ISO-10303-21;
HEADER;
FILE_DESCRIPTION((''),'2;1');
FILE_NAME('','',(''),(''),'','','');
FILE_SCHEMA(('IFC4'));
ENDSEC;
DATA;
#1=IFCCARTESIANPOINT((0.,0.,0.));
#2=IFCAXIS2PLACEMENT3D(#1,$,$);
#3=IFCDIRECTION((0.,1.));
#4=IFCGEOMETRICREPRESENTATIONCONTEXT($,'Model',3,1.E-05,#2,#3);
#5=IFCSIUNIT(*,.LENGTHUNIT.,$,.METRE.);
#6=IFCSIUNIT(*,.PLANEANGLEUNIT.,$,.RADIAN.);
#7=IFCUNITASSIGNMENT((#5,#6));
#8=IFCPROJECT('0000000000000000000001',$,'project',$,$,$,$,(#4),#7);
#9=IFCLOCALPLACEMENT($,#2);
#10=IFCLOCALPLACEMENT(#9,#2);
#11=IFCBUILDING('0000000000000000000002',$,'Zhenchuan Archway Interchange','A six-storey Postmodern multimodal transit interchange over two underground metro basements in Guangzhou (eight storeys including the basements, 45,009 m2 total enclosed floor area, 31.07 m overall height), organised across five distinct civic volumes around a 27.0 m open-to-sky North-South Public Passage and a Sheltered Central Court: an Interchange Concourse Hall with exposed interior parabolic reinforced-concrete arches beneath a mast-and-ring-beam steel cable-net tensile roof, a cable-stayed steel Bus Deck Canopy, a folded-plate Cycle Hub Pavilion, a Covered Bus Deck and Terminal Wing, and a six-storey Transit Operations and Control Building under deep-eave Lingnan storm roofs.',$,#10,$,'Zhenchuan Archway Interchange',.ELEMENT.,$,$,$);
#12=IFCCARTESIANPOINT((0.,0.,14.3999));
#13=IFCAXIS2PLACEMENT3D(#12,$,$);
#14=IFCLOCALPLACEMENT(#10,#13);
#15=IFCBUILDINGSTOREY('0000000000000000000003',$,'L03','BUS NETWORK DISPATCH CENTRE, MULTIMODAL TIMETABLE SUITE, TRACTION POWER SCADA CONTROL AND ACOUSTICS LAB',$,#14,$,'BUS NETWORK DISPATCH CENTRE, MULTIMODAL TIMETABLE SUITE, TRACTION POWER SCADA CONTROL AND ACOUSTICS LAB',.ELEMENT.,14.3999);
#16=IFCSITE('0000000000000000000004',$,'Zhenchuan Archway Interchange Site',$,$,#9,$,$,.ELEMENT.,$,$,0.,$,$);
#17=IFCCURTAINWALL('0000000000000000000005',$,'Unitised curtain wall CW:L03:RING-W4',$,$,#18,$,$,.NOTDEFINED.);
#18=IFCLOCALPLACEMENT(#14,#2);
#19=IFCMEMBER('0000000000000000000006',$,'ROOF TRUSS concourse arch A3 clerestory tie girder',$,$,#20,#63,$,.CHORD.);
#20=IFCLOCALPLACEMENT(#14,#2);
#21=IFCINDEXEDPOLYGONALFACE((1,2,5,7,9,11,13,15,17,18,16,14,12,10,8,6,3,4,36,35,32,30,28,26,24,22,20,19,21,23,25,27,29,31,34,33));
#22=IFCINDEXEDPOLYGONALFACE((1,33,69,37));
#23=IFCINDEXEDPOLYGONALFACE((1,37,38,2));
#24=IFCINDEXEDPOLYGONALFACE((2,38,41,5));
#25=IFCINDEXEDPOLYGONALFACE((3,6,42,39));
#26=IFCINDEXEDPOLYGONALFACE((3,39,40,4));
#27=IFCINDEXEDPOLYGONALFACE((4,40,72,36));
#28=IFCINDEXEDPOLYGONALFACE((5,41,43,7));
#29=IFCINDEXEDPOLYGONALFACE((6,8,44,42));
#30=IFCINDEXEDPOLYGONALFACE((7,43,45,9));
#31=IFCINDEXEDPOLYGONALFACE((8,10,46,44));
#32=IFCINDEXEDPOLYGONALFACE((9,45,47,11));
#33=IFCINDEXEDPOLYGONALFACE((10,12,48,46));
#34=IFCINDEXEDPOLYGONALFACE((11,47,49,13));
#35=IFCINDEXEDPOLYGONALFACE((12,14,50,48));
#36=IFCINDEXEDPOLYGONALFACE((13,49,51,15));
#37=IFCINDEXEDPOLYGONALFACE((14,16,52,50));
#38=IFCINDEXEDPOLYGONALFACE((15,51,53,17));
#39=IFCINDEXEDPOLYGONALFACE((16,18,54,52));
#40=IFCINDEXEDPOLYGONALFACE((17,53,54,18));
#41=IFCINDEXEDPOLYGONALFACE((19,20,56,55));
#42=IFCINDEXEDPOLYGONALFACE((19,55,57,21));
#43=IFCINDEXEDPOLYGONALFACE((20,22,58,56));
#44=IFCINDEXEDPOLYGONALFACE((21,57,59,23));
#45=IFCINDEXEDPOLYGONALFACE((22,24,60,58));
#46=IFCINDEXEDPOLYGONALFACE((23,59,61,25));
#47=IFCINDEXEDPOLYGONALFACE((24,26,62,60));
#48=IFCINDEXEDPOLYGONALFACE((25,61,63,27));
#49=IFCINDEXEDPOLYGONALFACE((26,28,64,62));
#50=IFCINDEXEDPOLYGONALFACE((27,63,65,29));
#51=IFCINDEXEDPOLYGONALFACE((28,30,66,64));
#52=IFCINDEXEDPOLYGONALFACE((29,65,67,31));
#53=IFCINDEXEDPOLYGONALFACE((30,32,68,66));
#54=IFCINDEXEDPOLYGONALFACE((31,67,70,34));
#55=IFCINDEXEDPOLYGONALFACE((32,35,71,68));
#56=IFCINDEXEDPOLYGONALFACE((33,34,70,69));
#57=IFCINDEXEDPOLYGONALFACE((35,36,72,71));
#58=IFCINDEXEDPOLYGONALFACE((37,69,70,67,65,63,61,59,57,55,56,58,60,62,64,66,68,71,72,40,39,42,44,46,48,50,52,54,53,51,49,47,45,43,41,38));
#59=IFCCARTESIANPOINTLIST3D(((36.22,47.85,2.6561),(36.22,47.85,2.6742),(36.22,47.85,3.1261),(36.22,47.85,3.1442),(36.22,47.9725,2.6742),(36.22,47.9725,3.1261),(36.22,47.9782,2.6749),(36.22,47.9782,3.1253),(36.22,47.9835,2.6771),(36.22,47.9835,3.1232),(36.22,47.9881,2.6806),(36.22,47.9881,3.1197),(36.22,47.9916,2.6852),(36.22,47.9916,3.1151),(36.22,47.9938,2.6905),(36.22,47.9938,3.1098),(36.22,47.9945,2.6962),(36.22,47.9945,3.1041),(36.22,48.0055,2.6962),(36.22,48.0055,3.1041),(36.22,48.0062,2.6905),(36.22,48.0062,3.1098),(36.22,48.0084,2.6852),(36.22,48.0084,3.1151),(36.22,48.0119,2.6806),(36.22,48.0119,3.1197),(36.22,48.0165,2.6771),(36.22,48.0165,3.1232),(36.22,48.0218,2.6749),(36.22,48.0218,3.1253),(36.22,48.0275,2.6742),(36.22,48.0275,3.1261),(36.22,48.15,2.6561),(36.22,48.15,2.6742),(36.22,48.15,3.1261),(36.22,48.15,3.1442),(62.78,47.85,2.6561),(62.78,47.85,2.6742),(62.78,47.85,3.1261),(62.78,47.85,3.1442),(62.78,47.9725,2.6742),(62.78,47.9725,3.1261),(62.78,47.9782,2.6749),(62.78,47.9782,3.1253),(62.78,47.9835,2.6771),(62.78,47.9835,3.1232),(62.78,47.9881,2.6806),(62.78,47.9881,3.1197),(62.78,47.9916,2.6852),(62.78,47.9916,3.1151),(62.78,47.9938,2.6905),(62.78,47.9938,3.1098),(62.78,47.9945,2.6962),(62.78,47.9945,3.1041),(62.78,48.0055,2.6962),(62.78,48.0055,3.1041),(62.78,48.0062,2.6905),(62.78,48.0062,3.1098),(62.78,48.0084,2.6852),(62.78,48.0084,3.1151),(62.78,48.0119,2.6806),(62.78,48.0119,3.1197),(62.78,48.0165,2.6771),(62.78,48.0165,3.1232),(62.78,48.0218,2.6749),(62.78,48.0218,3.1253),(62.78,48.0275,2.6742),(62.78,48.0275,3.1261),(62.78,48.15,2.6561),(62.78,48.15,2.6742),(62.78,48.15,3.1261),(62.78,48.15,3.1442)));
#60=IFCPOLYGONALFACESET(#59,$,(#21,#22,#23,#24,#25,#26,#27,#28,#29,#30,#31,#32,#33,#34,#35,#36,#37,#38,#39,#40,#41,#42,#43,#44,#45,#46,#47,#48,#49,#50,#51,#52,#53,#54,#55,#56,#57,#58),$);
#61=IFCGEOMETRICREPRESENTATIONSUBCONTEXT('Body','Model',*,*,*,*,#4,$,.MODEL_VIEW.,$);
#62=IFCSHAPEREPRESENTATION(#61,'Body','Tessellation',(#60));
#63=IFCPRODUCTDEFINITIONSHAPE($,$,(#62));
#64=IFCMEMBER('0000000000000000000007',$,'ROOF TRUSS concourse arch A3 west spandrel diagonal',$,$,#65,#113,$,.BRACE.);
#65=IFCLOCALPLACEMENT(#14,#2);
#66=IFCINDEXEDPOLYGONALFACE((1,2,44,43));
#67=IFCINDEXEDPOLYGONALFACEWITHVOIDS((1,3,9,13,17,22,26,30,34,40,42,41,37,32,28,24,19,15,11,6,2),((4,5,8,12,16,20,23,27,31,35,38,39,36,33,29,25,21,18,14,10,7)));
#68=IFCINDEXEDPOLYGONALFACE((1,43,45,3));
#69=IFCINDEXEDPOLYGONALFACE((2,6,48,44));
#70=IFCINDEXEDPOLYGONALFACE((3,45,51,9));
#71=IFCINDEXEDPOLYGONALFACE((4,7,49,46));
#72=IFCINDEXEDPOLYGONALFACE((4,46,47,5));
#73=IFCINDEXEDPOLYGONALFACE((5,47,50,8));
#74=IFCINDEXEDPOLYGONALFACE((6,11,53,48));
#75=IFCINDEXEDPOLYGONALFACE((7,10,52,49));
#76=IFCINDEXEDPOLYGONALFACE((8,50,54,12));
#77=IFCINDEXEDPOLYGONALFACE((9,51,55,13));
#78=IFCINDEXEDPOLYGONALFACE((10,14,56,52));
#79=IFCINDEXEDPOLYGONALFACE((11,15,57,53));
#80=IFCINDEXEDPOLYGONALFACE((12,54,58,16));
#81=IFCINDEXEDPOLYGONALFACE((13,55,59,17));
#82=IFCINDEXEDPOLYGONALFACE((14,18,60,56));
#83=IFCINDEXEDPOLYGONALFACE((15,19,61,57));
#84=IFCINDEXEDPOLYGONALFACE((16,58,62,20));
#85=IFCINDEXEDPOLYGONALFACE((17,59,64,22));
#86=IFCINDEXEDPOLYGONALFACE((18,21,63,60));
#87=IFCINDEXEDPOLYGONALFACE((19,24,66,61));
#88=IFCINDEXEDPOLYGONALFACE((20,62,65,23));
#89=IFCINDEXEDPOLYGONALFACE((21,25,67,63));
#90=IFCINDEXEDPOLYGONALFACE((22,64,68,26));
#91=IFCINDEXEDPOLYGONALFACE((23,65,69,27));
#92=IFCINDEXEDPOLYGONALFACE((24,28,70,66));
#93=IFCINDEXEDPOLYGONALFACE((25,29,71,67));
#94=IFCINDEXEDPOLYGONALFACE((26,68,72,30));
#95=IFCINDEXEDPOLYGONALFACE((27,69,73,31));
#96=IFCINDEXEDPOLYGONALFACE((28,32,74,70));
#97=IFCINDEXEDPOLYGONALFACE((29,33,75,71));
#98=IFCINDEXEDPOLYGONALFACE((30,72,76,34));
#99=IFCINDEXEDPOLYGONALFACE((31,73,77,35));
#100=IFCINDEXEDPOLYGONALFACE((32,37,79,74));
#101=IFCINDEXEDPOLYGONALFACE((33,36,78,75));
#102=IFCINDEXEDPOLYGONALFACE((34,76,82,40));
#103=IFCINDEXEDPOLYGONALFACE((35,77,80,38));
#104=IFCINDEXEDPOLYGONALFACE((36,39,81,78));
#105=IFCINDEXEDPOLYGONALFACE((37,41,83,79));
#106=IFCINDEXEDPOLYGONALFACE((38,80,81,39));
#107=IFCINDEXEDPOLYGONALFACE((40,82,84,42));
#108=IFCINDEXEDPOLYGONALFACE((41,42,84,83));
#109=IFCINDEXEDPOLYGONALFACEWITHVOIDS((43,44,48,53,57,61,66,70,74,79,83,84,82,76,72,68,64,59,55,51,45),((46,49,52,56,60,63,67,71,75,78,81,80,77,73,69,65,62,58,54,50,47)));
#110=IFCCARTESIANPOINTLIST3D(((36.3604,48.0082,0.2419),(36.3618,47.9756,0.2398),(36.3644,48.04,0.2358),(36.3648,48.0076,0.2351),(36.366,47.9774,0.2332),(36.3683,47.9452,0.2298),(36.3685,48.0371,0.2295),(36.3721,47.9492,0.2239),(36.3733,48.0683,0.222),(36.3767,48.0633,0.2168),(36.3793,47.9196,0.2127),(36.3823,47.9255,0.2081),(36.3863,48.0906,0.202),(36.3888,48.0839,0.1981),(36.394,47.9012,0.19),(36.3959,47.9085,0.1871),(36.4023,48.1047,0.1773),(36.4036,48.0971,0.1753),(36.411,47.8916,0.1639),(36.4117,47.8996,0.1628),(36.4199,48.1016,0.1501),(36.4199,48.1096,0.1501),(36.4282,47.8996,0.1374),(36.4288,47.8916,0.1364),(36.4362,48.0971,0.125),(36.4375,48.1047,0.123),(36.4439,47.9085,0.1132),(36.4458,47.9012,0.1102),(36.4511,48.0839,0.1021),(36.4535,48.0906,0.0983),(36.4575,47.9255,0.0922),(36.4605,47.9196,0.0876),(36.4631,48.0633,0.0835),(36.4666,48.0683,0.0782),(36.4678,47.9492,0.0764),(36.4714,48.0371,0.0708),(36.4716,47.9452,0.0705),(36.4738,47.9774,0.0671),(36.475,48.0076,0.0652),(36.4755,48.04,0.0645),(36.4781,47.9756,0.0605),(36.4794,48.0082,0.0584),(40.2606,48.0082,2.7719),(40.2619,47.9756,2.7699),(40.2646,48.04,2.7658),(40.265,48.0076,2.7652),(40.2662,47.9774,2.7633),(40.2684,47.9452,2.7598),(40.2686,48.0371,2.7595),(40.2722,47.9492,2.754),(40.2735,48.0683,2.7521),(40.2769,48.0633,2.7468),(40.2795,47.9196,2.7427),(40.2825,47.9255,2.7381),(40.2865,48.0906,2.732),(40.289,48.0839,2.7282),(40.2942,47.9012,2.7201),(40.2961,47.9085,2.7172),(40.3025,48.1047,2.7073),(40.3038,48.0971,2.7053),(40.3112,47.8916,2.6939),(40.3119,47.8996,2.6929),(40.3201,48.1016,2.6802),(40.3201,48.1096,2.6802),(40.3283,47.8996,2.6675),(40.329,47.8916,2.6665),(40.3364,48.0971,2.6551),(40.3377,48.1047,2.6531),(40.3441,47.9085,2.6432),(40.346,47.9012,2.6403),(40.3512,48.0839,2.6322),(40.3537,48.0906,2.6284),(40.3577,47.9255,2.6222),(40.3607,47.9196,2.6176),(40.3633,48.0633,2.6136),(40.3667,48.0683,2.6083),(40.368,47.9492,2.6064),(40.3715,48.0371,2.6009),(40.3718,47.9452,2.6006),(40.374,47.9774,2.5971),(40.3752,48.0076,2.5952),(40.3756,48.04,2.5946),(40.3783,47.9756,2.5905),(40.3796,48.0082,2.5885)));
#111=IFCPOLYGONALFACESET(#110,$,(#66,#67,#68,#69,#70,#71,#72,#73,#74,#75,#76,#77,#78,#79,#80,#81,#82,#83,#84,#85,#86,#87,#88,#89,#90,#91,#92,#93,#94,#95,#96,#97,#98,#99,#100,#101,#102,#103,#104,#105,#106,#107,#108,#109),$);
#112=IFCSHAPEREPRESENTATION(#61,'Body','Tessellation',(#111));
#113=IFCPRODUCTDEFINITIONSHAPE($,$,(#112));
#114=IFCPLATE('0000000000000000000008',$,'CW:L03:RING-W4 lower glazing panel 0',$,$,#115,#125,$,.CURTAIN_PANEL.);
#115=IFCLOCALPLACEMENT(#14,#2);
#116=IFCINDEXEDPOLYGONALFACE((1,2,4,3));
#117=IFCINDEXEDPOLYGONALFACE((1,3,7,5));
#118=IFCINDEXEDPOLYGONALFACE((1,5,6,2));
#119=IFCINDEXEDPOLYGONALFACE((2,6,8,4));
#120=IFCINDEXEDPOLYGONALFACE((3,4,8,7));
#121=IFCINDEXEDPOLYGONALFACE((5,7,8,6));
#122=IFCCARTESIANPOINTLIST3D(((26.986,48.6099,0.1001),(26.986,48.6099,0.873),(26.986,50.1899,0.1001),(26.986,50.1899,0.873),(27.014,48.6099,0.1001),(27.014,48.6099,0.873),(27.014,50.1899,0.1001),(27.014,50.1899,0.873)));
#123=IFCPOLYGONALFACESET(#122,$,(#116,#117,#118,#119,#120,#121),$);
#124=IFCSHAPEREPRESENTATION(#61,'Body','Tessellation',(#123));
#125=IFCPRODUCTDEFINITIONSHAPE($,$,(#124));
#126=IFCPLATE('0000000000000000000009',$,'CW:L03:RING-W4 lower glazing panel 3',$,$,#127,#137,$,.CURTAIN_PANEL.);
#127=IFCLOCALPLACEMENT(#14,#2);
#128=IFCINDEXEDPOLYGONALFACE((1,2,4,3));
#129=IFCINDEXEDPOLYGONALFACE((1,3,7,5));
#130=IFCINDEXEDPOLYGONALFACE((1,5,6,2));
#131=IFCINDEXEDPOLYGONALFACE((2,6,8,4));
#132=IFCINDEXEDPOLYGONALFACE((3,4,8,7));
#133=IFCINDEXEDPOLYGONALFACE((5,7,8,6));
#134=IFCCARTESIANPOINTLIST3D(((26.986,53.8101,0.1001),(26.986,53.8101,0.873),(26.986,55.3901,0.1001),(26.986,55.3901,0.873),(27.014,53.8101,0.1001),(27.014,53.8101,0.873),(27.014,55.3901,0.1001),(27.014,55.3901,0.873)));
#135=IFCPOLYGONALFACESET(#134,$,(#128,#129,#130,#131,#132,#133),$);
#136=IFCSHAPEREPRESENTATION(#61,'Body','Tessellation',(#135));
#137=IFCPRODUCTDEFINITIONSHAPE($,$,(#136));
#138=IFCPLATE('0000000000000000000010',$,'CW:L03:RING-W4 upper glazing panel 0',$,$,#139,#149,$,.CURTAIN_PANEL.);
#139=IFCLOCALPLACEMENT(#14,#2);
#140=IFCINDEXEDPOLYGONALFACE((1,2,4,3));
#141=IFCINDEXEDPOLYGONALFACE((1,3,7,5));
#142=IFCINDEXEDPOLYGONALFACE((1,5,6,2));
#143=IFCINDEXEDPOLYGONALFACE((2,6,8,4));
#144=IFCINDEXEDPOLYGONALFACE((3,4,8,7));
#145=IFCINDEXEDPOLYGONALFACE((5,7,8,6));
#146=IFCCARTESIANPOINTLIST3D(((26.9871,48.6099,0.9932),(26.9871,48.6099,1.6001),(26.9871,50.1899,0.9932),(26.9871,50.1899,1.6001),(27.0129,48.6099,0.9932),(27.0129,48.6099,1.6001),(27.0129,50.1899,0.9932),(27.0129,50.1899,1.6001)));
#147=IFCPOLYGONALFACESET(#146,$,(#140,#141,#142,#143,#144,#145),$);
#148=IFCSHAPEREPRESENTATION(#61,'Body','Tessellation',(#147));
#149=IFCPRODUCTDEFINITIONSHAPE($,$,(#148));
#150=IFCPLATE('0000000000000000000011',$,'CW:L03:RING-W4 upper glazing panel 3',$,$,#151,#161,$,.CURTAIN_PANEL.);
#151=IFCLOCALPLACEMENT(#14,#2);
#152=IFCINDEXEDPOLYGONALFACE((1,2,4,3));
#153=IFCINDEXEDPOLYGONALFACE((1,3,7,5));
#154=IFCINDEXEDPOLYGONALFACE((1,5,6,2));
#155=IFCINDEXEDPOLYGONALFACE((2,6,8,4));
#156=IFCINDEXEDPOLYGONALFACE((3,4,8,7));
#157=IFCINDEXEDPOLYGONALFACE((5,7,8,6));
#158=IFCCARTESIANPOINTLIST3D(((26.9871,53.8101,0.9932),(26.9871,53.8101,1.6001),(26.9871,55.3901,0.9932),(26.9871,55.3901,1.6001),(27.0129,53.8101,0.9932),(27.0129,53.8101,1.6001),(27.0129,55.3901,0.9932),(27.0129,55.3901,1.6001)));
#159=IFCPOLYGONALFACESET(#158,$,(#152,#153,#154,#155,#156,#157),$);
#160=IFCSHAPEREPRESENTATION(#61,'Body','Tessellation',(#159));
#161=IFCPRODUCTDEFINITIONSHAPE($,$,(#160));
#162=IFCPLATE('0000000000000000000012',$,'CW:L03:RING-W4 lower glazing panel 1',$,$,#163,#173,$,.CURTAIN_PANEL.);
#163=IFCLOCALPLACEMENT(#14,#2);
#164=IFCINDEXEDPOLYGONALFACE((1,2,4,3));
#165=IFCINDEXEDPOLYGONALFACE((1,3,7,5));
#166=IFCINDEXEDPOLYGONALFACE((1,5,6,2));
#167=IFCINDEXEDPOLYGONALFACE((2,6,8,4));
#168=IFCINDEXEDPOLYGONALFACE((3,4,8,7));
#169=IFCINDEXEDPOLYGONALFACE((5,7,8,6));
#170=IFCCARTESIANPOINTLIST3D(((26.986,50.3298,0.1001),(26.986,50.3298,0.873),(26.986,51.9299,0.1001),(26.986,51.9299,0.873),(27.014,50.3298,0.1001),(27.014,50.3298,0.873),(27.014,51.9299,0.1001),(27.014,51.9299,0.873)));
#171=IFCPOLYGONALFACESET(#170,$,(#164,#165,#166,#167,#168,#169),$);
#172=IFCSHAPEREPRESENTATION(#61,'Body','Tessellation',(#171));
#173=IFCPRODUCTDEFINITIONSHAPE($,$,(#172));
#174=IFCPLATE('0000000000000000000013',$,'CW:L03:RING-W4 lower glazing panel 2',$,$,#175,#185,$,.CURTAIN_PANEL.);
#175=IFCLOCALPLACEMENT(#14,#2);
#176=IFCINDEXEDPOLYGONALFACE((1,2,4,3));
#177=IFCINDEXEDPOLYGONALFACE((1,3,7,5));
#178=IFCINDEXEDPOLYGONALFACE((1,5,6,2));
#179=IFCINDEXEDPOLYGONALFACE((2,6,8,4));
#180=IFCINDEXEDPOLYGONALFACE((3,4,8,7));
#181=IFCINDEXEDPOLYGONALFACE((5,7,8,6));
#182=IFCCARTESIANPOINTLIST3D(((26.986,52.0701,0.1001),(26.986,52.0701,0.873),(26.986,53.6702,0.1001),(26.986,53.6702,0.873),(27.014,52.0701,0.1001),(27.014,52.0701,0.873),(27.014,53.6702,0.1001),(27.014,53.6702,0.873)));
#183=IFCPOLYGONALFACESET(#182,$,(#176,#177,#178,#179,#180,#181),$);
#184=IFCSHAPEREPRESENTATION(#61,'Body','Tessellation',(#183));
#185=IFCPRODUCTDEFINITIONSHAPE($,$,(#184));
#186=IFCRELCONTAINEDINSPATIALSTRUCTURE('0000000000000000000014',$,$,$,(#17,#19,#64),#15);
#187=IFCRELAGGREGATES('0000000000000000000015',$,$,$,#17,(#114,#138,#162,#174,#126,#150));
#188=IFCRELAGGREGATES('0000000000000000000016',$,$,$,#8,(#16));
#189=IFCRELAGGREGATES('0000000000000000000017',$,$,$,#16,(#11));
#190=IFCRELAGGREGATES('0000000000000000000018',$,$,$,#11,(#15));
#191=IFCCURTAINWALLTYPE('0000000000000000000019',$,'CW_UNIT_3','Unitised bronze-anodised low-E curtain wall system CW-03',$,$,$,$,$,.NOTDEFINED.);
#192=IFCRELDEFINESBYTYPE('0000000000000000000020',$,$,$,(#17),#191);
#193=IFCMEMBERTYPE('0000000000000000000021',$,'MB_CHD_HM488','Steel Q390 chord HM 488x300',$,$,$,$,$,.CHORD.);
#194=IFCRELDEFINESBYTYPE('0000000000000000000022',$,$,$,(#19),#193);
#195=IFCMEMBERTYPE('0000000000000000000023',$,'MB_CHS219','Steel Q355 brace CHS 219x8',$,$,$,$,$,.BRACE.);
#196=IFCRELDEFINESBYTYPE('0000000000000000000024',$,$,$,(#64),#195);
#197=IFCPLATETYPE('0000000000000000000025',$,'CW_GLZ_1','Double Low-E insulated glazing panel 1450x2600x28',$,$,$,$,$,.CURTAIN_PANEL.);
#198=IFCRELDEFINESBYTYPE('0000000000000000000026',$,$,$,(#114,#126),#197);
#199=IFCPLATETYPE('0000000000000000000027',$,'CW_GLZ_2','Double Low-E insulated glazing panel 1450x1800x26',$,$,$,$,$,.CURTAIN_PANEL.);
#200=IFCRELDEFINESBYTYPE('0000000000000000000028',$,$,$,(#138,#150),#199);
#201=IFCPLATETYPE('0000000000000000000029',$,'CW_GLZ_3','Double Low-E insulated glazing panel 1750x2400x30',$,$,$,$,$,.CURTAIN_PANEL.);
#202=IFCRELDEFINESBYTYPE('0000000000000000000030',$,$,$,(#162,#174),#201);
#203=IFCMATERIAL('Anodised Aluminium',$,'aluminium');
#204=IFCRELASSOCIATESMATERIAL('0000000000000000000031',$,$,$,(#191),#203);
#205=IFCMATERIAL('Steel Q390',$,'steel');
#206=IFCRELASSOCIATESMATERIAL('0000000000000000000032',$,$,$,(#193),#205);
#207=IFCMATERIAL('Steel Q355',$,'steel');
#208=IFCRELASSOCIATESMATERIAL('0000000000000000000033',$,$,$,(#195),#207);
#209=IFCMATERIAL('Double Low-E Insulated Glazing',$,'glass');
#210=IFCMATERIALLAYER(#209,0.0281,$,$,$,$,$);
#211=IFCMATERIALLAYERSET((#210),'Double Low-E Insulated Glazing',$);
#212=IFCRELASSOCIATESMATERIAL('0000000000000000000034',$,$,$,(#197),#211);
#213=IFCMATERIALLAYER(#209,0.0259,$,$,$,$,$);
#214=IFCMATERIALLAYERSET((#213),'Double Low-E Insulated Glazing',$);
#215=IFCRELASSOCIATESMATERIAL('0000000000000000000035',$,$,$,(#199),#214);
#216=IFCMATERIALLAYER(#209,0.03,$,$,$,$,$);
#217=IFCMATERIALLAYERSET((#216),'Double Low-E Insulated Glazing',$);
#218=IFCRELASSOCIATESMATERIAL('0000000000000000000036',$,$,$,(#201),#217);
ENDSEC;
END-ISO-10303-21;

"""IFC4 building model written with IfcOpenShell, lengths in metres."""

from ifc_helpers import new_model, si_unit, direction, frame, origin, origin_2d, place, context, subcontext, project, spatial, rectangle, hollow_circle, i_section, extrude, material, layer, layer_set, material_profile, profile_set, type_object, element, aggregate, save


model = new_model("IFC4")

# Units and contexts
model_context = context("Model", 3, precision=1e-05, world=origin(), true_north=direction((0.0, 1.0)))
body_context = subcontext(model_context, "Body", "Model", "MODEL_VIEW")
ifc_project = project(units=[si_unit("LENGTHUNIT", "METRE"), si_unit("PLANEANGLEUNIT", "RADIAN")], contexts=[model_context])

# Site, building, storey
site_placement = place(None, origin())
site = spatial("IfcSite", under=ifc_project, at=site_placement, Name="Zhenchuan Archway Interchange Site", CompositionType="ELEMENT", RefElevation=0.0)
building_placement = place(site_placement, origin())
building = spatial("IfcBuilding", under=site, at=building_placement, Name="Zhenchuan Archway Interchange", Description="A six-storey Postmodern multimodal transit interchange over two underground metro basements in Guangzhou (eight storeys including the basements, 45,009 m2 total enclosed floor area, 31.07 m overall height), organised across five distinct civic volumes around a 27.0 m open-to-sky North-South Public Passage and a Sheltered Central Court: an Interchange Concourse Hall with exposed interior parabolic reinforced-concrete arches beneath a mast-and-ring-beam steel cable-net tensile roof, a cable-stayed steel Bus Deck Canopy, a folded-plate Cycle Hub Pavilion, a Covered Bus Deck and Terminal Wing, and a six-storey Transit Operations and Control Building under deep-eave Lingnan storm roofs.", LongName="Zhenchuan Archway Interchange", CompositionType="ELEMENT")
storey_placement = place(building_placement, frame((0.0, 0.0, 14.3999)))
storey = spatial("IfcBuildingStorey", under=building, at=storey_placement, Name="L03", Description="BUS NETWORK DISPATCH CENTRE, MULTIMODAL TIMETABLE SUITE, TRACTION POWER SCADA CONTROL AND ACOUSTICS LAB", LongName="BUS NETWORK DISPATCH CENTRE, MULTIMODAL TIMETABLE SUITE, TRACTION POWER SCADA CONTROL AND ACOUSTICS LAB", CompositionType="ELEMENT", Elevation=14.3999)

# Shared definitions
ifc_material_1 = material(Name="Steel Q355", Category="steel")

# Shared definitions
ifc_material_2 = material(Name="Steel Q390", Category="steel")

# Shared definitions
ifc_material_3 = material(Name="Anodised Aluminium", Category="aluminium")
curtain_wall_type = type_object("IfcCurtainWallType", Name="CW_UNIT_3", Description="Unitised bronze-anodised low-E curtain wall system CW-03", PredefinedType="NOTDEFINED", material=ifc_material_3)

# Curtain wall
curtain_wall_1_placement = place(storey_placement, origin())
curtain_wall_1 = element("IfcCurtainWall", 1, at=curtain_wall_1_placement, inside=storey, type_object=curtain_wall_type, Name="Unitised curtain wall CW:L03:RING-W4", PredefinedType="NOTDEFINED")

# Members
ifc_material_profile_1 = material_profile(ifc_material_2, i_section(OverallWidth=0.3, OverallDepth=0.488, WebThickness=0.011, FlangeThickness=0.0181, FilletRadius=0.022, at=origin_2d()), Name="HM 488x300")
ifc_profile_set_1 = profile_set([ifc_material_profile_1], Name="Steel Q390")
member_type_1 = type_object("IfcMemberType", Name="MB_CHD_HM488", Description="Steel Q390 chord HM 488x300", PredefinedType="CHORD", material=ifc_profile_set_1)
member_1_placement = place(storey_placement, frame((36.22, 48.0, 2.9001), z_axis=(1.0, 0.0, 0.0), x_axis=(0.0, 1.0, 0.0)))
element("IfcMember", 2, at=member_1_placement, inside=storey, type_object=member_type_1, Name="ROOF TRUSS concourse arch A3 clerestory tie girder", PredefinedType="CHORD", context=body_context, shape_type="SweptSolid", body=[
    extrude(i_section(OverallWidth=0.3, OverallDepth=0.488, WebThickness=0.011, FlangeThickness=0.0181, FilletRadius=0.022, at=origin_2d()), origin(), (0.0, 0.0, 1.0), 26.5601),
])
ifc_material_profile_2 = material_profile(ifc_material_1, hollow_circle(Radius=0.1096, WallThickness=0.0081, at=origin_2d()), Name="CHS 219x8")
ifc_profile_set_2 = profile_set([ifc_material_profile_2], Name="Steel Q355")
member_type_2 = type_object("IfcMemberType", Name="MB_CHS219", Description="Steel Q355 brace CHS 219x8", PredefinedType="BRACE", material=ifc_profile_set_2)
member_2_placement = place(storey_placement, frame((36.4199, 48.0, 0.1501), z_axis=(0.838941, 0.0, 0.544222), x_axis=(0.0, 1.0, 0.0)))
element("IfcMember", 3, at=member_2_placement, inside=storey, type_object=member_type_2, Name="ROOF TRUSS concourse arch A3 west spandrel diagonal", PredefinedType="BRACE", context=body_context, shape_type="SweptSolid", body=[
    extrude(hollow_circle(Radius=0.1096, WallThickness=0.0081, at=origin_2d()), origin(), (0.0, 0.0, 1.0), 4.6489),
])

# Plates
ifc_material_4 = material(Name="Double Low-E Insulated Glazing", Category="glass")
ifc_layer_1 = layer(ifc_material_4, 0.0281)
ifc_layer_set_1 = layer_set([ifc_layer_1], Name="Double Low-E Insulated Glazing")
plate_type_1 = type_object("IfcPlateType", Name="CW_GLZ_1", Description="Double Low-E insulated glazing panel 1450x2600x28", PredefinedType="CURTAIN_PANEL", material=ifc_layer_set_1)
plate_1_placement = place(storey_placement, frame((27.0, 49.3999, 0.1001), z_axis=(0.0, 0.0, 1.0), x_axis=(0.0, 1.0, 0.0)))
plate_1 = element("IfcPlate", 4, at=plate_1_placement, type_object=plate_type_1, Name="CW:L03:RING-W4 lower glazing panel 0", PredefinedType="CURTAIN_PANEL", context=body_context, shape_type="SweptSolid", body=[
    extrude(rectangle(XDim=1.5801, YDim=0.0281, at=origin_2d()), origin(), (0.0, 0.0, 1.0), 0.7729),
])
plate_2_placement = place(storey_placement, frame((27.0, 54.6001, 0.1001), z_axis=(0.0, 0.0, 1.0), x_axis=(0.0, 1.0, 0.0)))
plate_2 = element("IfcPlate", 5, at=plate_2_placement, type_object=plate_type_1, Name="CW:L03:RING-W4 lower glazing panel 3", PredefinedType="CURTAIN_PANEL", context=body_context, shape_type="SweptSolid", body=[
    extrude(rectangle(XDim=1.5801, YDim=0.0281, at=origin_2d()), origin(), (0.0, 0.0, 1.0), 0.7729),
])
ifc_layer_2 = layer(ifc_material_4, 0.0259)
ifc_layer_set_2 = layer_set([ifc_layer_2], Name="Double Low-E Insulated Glazing")
plate_type_2 = type_object("IfcPlateType", Name="CW_GLZ_2", Description="Double Low-E insulated glazing panel 1450x1800x26", PredefinedType="CURTAIN_PANEL", material=ifc_layer_set_2)
plate_3_placement = place(storey_placement, frame((27.0, 49.3999, 0.9932), z_axis=(0.0, 0.0, 1.0), x_axis=(0.0, 1.0, 0.0)))
plate_3 = element("IfcPlate", 6, at=plate_3_placement, type_object=plate_type_2, Name="CW:L03:RING-W4 upper glazing panel 0", PredefinedType="CURTAIN_PANEL", context=body_context, shape_type="SweptSolid", body=[
    extrude(rectangle(XDim=1.5801, YDim=0.0259, at=origin_2d()), origin(), (0.0, 0.0, 1.0), 0.6069),
])
plate_4_placement = place(storey_placement, frame((27.0, 54.6001, 0.9932), z_axis=(0.0, 0.0, 1.0), x_axis=(0.0, 1.0, 0.0)))
plate_4 = element("IfcPlate", 7, at=plate_4_placement, type_object=plate_type_2, Name="CW:L03:RING-W4 upper glazing panel 3", PredefinedType="CURTAIN_PANEL", context=body_context, shape_type="SweptSolid", body=[
    extrude(rectangle(XDim=1.5801, YDim=0.0259, at=origin_2d()), origin(), (0.0, 0.0, 1.0), 0.6069),
])
ifc_layer_3 = layer(ifc_material_4, 0.03)
ifc_layer_set_3 = layer_set([ifc_layer_3], Name="Double Low-E Insulated Glazing")
plate_type_3 = type_object("IfcPlateType", Name="CW_GLZ_3", Description="Double Low-E insulated glazing panel 1750x2400x30", PredefinedType="CURTAIN_PANEL", material=ifc_layer_set_3)
plate_5_placement = place(storey_placement, frame((27.0, 51.1299, 0.1001), z_axis=(0.0, 0.0, 1.0), x_axis=(0.0, 1.0, 0.0)))
plate_5 = element("IfcPlate", 8, at=plate_5_placement, type_object=plate_type_3, Name="CW:L03:RING-W4 lower glazing panel 1", PredefinedType="CURTAIN_PANEL", context=body_context, shape_type="SweptSolid", body=[
    extrude(rectangle(XDim=1.6001, YDim=0.0281, at=origin_2d()), origin(), (0.0, 0.0, 1.0), 0.7729),
])
plate_6_placement = place(storey_placement, frame((27.0, 52.8701, 0.1001), z_axis=(0.0, 0.0, 1.0), x_axis=(0.0, 1.0, 0.0)))
plate_6 = element("IfcPlate", 9, at=plate_6_placement, type_object=plate_type_3, Name="CW:L03:RING-W4 lower glazing panel 2", PredefinedType="CURTAIN_PANEL", context=body_context, shape_type="SweptSolid", body=[
    extrude(rectangle(XDim=1.6001, YDim=0.0281, at=origin_2d()), origin(), (0.0, 0.0, 1.0), 0.7729),
])
aggregate(curtain_wall_1, [plate_1, plate_3, plate_5, plate_6, plate_2, plate_4])

save(model, "model.ifc")
